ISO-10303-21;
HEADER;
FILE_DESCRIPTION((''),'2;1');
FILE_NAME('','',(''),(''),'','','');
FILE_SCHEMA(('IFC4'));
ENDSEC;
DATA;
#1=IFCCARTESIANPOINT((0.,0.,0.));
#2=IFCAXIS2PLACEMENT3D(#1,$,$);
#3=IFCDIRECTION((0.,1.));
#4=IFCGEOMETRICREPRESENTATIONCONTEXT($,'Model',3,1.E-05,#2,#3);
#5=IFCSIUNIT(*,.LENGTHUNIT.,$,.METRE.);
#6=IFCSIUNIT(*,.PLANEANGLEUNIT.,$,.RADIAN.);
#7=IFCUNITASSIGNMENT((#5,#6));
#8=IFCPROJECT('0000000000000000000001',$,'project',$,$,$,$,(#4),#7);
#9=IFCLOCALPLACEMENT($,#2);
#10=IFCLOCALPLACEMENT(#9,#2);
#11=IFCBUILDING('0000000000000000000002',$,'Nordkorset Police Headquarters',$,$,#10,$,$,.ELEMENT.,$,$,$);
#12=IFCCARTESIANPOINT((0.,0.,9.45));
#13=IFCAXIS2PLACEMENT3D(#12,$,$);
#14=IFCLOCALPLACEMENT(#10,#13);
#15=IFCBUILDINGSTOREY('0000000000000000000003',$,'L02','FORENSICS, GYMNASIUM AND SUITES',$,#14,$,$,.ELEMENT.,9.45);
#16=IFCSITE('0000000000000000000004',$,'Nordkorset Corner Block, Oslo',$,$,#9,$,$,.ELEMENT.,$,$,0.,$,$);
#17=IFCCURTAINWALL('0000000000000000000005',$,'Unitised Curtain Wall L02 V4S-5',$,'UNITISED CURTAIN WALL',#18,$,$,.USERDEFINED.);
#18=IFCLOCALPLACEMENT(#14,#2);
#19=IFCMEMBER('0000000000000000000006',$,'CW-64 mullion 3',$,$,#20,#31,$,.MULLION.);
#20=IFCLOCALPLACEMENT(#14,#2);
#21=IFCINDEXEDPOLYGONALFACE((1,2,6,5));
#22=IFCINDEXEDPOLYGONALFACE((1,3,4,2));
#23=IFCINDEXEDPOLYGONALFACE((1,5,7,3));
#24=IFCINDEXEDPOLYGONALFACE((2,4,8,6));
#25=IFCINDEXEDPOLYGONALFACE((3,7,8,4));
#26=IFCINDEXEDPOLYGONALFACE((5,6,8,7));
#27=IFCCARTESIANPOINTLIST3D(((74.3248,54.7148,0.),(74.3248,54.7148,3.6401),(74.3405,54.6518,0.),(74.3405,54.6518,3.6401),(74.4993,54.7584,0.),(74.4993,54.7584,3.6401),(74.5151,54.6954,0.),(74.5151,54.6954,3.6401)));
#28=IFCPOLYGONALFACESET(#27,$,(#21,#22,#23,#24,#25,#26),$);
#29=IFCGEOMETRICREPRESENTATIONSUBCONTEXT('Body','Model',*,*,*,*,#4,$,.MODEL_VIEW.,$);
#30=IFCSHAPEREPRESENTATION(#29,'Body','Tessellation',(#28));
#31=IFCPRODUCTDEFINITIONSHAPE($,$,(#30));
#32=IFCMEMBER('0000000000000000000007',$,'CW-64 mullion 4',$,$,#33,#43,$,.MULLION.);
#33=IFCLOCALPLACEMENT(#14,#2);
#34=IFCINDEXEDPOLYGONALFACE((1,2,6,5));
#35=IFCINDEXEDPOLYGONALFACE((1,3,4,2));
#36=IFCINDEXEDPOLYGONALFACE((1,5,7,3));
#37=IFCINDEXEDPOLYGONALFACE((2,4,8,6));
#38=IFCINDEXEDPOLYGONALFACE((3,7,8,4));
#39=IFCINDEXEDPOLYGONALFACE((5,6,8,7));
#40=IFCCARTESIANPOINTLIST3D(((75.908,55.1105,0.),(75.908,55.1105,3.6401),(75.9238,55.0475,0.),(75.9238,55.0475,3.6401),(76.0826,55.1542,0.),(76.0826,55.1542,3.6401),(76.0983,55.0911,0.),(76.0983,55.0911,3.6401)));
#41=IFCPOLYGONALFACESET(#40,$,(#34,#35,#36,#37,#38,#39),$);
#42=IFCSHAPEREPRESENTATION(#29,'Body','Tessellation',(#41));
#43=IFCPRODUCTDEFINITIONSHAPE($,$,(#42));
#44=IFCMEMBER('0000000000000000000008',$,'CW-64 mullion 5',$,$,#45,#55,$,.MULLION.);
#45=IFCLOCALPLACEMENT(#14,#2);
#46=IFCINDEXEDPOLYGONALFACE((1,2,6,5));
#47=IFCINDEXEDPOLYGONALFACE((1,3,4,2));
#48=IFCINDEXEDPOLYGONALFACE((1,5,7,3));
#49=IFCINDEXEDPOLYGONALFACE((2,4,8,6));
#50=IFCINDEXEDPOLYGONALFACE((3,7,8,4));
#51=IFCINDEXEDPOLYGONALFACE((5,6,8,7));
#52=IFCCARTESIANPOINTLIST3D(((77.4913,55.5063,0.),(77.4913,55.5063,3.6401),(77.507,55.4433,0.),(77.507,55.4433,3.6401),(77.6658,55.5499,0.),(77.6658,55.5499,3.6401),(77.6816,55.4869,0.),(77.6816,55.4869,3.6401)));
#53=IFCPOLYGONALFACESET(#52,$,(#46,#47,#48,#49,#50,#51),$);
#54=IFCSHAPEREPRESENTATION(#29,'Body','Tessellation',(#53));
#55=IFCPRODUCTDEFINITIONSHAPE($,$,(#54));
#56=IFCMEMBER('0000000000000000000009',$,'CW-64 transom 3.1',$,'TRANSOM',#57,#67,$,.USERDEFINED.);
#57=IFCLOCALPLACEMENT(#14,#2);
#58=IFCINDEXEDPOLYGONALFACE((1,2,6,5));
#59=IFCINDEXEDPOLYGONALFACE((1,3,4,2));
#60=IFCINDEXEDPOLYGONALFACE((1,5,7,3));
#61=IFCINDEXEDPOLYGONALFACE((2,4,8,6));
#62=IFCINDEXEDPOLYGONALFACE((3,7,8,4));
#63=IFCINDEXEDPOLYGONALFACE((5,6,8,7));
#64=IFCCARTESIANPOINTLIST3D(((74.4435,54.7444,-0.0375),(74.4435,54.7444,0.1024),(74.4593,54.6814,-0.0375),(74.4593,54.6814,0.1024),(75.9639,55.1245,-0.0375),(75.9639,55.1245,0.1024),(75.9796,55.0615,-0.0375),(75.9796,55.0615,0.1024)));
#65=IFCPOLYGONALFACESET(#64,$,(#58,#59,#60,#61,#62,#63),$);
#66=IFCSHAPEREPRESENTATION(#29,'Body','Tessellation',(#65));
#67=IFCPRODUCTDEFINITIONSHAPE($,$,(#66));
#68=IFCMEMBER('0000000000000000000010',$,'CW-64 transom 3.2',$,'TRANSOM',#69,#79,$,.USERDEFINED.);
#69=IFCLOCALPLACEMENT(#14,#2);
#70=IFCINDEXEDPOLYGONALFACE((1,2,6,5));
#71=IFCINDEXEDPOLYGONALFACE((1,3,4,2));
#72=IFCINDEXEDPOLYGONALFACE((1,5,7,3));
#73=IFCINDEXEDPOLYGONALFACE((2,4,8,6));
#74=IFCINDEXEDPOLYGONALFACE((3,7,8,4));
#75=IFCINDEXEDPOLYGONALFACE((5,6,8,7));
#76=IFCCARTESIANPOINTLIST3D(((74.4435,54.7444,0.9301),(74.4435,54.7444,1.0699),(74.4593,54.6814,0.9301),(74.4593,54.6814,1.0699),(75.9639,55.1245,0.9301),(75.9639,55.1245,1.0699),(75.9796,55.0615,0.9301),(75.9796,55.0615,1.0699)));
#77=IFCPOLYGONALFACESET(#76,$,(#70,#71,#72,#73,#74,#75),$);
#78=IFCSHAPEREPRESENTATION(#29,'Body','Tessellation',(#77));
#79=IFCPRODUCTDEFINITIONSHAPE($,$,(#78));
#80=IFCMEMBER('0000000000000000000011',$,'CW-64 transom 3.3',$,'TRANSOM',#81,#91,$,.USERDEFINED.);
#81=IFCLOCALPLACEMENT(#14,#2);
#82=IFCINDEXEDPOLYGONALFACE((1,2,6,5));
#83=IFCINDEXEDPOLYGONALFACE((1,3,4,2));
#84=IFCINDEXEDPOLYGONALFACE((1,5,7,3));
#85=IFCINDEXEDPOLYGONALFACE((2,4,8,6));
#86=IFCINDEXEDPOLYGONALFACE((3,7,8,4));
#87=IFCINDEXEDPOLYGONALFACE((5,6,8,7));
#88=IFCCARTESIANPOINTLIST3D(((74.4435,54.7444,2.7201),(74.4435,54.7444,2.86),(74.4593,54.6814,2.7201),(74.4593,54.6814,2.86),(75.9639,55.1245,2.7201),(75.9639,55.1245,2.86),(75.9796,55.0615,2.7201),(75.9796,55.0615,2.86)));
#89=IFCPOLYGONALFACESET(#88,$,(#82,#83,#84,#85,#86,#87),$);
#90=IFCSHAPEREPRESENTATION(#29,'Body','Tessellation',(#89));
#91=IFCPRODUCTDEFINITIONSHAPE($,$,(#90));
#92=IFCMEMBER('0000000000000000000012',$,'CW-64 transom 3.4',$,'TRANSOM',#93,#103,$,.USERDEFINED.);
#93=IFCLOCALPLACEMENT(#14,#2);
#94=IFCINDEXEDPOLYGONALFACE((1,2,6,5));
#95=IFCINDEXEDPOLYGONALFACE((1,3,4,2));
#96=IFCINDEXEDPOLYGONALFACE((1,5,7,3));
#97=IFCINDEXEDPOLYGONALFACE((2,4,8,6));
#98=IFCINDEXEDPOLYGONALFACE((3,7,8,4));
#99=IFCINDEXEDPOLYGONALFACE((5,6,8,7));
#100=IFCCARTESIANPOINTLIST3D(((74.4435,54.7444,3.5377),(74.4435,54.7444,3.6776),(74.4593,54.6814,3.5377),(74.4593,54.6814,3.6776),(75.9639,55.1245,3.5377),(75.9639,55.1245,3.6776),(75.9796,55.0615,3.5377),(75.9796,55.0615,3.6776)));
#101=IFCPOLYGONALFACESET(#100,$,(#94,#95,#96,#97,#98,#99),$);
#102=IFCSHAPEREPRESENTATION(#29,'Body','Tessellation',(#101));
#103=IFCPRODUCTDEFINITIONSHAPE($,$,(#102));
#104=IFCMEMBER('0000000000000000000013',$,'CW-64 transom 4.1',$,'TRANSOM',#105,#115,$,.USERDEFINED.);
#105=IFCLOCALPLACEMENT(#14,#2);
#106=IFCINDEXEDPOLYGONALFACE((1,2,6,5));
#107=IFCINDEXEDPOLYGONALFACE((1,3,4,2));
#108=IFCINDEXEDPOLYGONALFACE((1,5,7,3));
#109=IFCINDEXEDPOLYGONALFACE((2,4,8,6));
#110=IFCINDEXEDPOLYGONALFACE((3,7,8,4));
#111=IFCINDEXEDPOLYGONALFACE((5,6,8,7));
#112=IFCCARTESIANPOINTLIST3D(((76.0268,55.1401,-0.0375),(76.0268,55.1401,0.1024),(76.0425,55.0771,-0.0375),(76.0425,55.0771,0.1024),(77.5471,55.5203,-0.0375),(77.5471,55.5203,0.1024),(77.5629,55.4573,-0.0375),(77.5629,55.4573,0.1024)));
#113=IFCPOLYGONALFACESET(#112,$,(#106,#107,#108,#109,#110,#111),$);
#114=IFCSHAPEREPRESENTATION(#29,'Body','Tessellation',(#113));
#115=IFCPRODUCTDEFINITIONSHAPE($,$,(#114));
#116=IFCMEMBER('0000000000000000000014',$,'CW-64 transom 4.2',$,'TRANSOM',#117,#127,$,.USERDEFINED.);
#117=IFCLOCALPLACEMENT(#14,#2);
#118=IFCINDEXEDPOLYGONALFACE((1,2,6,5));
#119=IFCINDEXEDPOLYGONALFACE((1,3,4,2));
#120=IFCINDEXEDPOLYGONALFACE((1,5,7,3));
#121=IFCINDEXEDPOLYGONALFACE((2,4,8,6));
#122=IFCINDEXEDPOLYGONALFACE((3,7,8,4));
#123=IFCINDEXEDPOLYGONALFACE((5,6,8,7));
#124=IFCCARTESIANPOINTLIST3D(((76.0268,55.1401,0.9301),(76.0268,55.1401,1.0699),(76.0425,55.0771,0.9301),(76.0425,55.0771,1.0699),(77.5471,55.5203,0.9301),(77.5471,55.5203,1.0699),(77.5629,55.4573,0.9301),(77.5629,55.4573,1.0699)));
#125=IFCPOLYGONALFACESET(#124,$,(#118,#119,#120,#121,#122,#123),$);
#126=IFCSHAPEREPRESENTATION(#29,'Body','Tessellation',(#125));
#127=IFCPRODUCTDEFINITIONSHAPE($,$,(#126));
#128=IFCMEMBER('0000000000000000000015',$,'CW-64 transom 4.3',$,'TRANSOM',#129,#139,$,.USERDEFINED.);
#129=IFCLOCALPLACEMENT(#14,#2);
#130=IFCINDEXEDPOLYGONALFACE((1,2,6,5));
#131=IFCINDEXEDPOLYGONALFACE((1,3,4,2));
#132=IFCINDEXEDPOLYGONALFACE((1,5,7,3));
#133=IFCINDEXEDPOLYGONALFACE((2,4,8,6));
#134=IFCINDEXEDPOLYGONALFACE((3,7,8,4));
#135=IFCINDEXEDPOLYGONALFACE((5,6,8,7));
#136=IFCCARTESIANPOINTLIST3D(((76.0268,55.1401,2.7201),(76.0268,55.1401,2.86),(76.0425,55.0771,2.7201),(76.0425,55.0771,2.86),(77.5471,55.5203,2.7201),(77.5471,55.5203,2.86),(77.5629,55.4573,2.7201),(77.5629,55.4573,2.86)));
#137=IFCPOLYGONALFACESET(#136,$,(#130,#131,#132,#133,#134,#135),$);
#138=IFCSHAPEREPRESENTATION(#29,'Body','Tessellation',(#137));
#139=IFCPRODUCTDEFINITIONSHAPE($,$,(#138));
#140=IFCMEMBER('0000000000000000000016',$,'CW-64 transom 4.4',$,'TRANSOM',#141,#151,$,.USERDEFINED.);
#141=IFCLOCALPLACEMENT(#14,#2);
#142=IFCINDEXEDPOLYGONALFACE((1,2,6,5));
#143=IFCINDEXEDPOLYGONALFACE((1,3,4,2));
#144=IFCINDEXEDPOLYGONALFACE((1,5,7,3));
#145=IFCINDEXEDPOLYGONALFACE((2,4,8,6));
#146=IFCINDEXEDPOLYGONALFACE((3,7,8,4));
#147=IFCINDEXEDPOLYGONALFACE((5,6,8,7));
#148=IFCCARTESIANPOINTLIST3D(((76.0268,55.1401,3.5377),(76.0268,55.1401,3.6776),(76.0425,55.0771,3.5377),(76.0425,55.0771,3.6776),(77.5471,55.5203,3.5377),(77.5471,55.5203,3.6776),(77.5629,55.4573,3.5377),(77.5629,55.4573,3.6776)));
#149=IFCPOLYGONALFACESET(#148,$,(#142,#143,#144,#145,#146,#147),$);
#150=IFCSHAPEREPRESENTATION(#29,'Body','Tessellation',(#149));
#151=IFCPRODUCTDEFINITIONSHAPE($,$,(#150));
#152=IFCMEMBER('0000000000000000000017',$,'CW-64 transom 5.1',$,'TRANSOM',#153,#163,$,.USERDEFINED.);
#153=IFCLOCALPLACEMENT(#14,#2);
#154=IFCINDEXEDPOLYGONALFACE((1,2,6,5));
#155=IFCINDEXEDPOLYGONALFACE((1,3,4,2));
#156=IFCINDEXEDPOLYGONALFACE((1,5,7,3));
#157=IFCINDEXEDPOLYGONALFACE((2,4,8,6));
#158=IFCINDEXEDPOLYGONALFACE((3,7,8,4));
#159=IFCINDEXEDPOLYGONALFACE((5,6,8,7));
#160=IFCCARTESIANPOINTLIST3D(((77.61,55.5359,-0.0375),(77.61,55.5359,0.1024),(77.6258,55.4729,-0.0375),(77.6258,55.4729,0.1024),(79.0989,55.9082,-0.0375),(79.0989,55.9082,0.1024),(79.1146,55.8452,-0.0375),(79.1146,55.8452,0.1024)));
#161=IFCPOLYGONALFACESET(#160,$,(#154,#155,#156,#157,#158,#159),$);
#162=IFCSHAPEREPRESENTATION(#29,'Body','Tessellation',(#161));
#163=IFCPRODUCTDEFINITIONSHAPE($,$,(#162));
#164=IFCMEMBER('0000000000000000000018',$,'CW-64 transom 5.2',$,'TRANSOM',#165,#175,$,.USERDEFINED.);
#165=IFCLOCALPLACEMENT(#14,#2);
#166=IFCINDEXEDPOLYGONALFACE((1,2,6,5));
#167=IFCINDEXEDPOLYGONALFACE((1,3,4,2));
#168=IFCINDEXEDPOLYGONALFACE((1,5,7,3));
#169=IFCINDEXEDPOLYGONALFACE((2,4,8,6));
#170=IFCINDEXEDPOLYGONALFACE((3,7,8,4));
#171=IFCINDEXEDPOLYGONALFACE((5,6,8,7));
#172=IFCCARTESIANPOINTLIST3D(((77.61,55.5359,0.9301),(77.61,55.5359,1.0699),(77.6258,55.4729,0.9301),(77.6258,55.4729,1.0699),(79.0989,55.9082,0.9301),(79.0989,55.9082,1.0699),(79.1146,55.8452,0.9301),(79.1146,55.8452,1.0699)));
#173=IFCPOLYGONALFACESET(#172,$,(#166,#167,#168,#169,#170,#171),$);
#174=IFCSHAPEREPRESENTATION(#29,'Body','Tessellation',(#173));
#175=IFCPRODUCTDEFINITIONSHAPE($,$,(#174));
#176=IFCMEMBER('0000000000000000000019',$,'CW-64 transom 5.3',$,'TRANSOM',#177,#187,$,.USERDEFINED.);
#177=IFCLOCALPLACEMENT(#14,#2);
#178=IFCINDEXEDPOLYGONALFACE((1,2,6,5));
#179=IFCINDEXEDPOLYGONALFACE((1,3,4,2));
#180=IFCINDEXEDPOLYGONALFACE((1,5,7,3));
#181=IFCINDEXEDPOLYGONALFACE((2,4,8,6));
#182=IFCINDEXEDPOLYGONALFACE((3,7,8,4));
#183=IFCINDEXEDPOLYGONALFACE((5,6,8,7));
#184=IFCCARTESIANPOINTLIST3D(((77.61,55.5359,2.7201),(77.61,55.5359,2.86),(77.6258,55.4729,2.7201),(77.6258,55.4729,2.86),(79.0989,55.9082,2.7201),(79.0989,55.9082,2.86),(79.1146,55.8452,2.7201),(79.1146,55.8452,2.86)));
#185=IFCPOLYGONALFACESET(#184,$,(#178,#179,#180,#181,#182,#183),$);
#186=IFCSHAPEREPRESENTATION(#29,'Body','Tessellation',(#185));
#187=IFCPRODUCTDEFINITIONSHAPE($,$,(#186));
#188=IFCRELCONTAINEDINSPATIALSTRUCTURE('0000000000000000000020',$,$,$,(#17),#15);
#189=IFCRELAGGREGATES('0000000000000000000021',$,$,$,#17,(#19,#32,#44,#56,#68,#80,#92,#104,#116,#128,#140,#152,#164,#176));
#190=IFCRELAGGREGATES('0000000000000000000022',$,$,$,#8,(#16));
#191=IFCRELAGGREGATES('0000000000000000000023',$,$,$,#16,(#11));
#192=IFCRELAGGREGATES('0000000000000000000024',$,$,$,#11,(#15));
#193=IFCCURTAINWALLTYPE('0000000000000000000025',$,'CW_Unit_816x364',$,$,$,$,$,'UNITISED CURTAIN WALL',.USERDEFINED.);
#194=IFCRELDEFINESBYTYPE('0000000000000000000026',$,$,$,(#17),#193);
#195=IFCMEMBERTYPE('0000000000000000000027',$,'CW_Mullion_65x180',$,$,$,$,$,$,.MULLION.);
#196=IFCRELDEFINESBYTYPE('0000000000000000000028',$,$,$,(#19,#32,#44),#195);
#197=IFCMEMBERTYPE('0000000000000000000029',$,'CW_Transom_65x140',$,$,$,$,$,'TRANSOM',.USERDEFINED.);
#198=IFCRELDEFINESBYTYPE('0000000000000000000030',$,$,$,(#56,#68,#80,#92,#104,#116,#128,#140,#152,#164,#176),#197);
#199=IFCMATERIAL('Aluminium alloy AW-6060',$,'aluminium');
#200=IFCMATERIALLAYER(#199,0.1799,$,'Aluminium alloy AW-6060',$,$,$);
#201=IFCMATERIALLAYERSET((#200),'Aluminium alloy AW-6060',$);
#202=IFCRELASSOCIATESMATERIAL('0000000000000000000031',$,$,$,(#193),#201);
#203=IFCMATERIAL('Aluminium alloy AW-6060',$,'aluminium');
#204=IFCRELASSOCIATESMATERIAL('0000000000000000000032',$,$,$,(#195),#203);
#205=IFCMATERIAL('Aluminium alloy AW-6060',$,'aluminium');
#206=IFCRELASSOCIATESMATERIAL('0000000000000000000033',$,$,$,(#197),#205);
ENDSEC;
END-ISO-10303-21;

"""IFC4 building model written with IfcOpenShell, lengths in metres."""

from ifc_helpers import new_model, si_unit, direction, frame, origin, origin_2d, place, context, subcontext, project, spatial, rectangle, extrude, material, layer, layer_set, material_profile, profile_set, type_object, element, aggregate, save


model = new_model("IFC4")

# Units and contexts
model_context = context("Model", 3, precision=1e-05, world=origin(), true_north=direction((0.0, 1.0)))
body_context = subcontext(model_context, "Body", "Model", "MODEL_VIEW")
ifc_project = project(units=[si_unit("LENGTHUNIT", "METRE"), si_unit("PLANEANGLEUNIT", "RADIAN")], contexts=[model_context])

# Site, building, storey
site_placement = place(None, origin())
site = spatial("IfcSite", under=ifc_project, at=site_placement, Name="Nordkorset Corner Block, Oslo", CompositionType="ELEMENT", RefElevation=0.0)
building_placement = place(site_placement, origin())
building = spatial("IfcBuilding", under=site, at=building_placement, Name="Nordkorset Police Headquarters", CompositionType="ELEMENT")
storey_placement = place(building_placement, frame((0.0, 0.0, 9.45)))
storey = spatial("IfcBuildingStorey", under=building, at=storey_placement, Name="L02", Description="FORENSICS, GYMNASIUM AND SUITES", CompositionType="ELEMENT", Elevation=9.45)

# Curtain wall, members
ifc_material_1 = material(Name="Aluminium alloy AW-6060", Category="aluminium")
ifc_layer_1 = layer(ifc_material_1, 0.1799, Name="Aluminium alloy AW-6060")
ifc_layer_set_1 = layer_set([ifc_layer_1], Name="Aluminium alloy AW-6060")
curtain_wall_type = type_object("IfcCurtainWallType", Name="CW_Unit_816x364", ElementType="UNITISED CURTAIN WALL", PredefinedType="USERDEFINED", material=ifc_layer_set_1)
curtain_wall_placement = place(storey_placement, origin())
curtain_wall = element("IfcCurtainWall", 1, at=curtain_wall_placement, inside=storey, type_object=curtain_wall_type, Name="Unitised Curtain Wall L02 V4S-5", ObjectType="UNITISED CURTAIN WALL", PredefinedType="USERDEFINED")
ifc_material_2 = material(Name="Aluminium alloy AW-6060", Category="aluminium")
ifc_material_profile_1 = material_profile(ifc_material_2, rectangle(XDim=0.0649, YDim=0.1799, at=origin_2d()), Name="ALU MULL 65x180")
ifc_profile_set_1 = profile_set([ifc_material_profile_1], Name="Aluminium alloy AW-6060")
member_type_1 = type_object("IfcMemberType", Name="CW_Mullion_65x180", PredefinedType="MULLION", material=ifc_profile_set_1)
member_1_placement = place(storey_placement, frame((74.4199, 54.7051, 0.0), z_axis=(0.0, 0.0, 1.0), x_axis=(-0.242536, 0.970143, 0.0)))
member_1 = element("IfcMember", 2, at=member_1_placement, type_object=member_type_1, Name="CW-64 mullion 3", PredefinedType="MULLION", context=body_context, shape_type="SweptSolid", body=[
    extrude(rectangle(XDim=0.0649, YDim=0.1799, at=origin_2d()), origin(), (0.0, 0.0, 1.0), 3.6401),
])
member_2_placement = place(storey_placement, frame((76.0032, 55.1008, 0.0), z_axis=(0.0, 0.0, 1.0), x_axis=(-0.242536, 0.970143, 0.0)))
member_2 = element("IfcMember", 3, at=member_2_placement, type_object=member_type_1, Name="CW-64 mullion 4", PredefinedType="MULLION", context=body_context, shape_type="SweptSolid", body=[
    extrude(rectangle(XDim=0.0649, YDim=0.1799, at=origin_2d()), origin(), (0.0, 0.0, 1.0), 3.6401),
])
member_3_placement = place(storey_placement, frame((77.5864, 55.4966, 0.0), z_axis=(0.0, 0.0, 1.0), x_axis=(-0.242536, 0.970143, 0.0)))
member_3 = element("IfcMember", 4, at=member_3_placement, type_object=member_type_1, Name="CW-64 mullion 5", PredefinedType="MULLION", context=body_context, shape_type="SweptSolid", body=[
    extrude(rectangle(XDim=0.0649, YDim=0.1799, at=origin_2d()), origin(), (0.0, 0.0, 1.0), 3.6401),
])
ifc_material_3 = material(Name="Aluminium alloy AW-6060", Category="aluminium")
ifc_material_profile_2 = material_profile(ifc_material_3, rectangle(XDim=0.0649, YDim=0.1399, at=origin_2d()), Name="ALU TRAN 65x140")
ifc_profile_set_2 = profile_set([ifc_material_profile_2], Name="Aluminium alloy AW-6060")
member_type_2 = type_object("IfcMemberType", Name="CW_Transom_65x140", ElementType="TRANSOM", PredefinedType="USERDEFINED", material=ifc_profile_set_2)
member_4_placement = place(storey_placement, frame((74.4514, 54.7129, 0.0325), z_axis=(0.970133, 0.242572, 0.0), x_axis=(-0.242572, 0.970133, 0.0)))
member_4 = element("IfcMember", 5, at=member_4_placement, type_object=member_type_2, Name="CW-64 transom 3.1", ObjectType="TRANSOM", PredefinedType="USERDEFINED", context=body_context, shape_type="SweptSolid", body=[
    extrude(rectangle(XDim=0.0649, YDim=0.1399, at=origin_2d()), origin(), (0.0, 0.0, 1.0), 1.5671),
])
member_5_placement = place(storey_placement, frame((74.4514, 54.7129, 1.0), z_axis=(0.970133, 0.242572, 0.0), x_axis=(-0.242572, 0.970133, 0.0)))
member_5 = element("IfcMember", 6, at=member_5_placement, type_object=member_type_2, Name="CW-64 transom 3.2", ObjectType="TRANSOM", PredefinedType="USERDEFINED", context=body_context, shape_type="SweptSolid", body=[
    extrude(rectangle(XDim=0.0649, YDim=0.1399, at=origin_2d()), origin(), (0.0, 0.0, 1.0), 1.5671),
])
member_6_placement = place(storey_placement, frame((74.4514, 54.7129, 2.79), z_axis=(0.970133, 0.242572, 0.0), x_axis=(-0.242572, 0.970133, 0.0)))
member_6 = element("IfcMember", 7, at=member_6_placement, type_object=member_type_2, Name="CW-64 transom 3.3", ObjectType="TRANSOM", PredefinedType="USERDEFINED", context=body_context, shape_type="SweptSolid", body=[
    extrude(rectangle(XDim=0.0649, YDim=0.1399, at=origin_2d()), origin(), (0.0, 0.0, 1.0), 1.5671),
])
member_7_placement = place(storey_placement, frame((74.4514, 54.7129, 3.6077), z_axis=(0.970133, 0.242572, 0.0), x_axis=(-0.242572, 0.970133, 0.0)))
member_7 = element("IfcMember", 8, at=member_7_placement, type_object=member_type_2, Name="CW-64 transom 3.4", ObjectType="TRANSOM", PredefinedType="USERDEFINED", context=body_context, shape_type="SweptSolid", body=[
    extrude(rectangle(XDim=0.0649, YDim=0.1399, at=origin_2d()), origin(), (0.0, 0.0, 1.0), 1.5671),
])
member_8_placement = place(storey_placement, frame((76.0347, 55.1086, 0.0325), z_axis=(0.970133, 0.242572, 0.0), x_axis=(-0.242572, 0.970133, 0.0)))
member_8 = element("IfcMember", 9, at=member_8_placement, type_object=member_type_2, Name="CW-64 transom 4.1", ObjectType="TRANSOM", PredefinedType="USERDEFINED", context=body_context, shape_type="SweptSolid", body=[
    extrude(rectangle(XDim=0.0649, YDim=0.1399, at=origin_2d()), origin(), (0.0, 0.0, 1.0), 1.5671),
])
member_9_placement = place(storey_placement, frame((76.0347, 55.1086, 1.0), z_axis=(0.970133, 0.242572, 0.0), x_axis=(-0.242572, 0.970133, 0.0)))
member_9 = element("IfcMember", 10, at=member_9_placement, type_object=member_type_2, Name="CW-64 transom 4.2", ObjectType="TRANSOM", PredefinedType="USERDEFINED", context=body_context, shape_type="SweptSolid", body=[
    extrude(rectangle(XDim=0.0649, YDim=0.1399, at=origin_2d()), origin(), (0.0, 0.0, 1.0), 1.5671),
])
member_10_placement = place(storey_placement, frame((76.0347, 55.1086, 2.79), z_axis=(0.970133, 0.242572, 0.0), x_axis=(-0.242572, 0.970133, 0.0)))
member_10 = element("IfcMember", 11, at=member_10_placement, type_object=member_type_2, Name="CW-64 transom 4.3", ObjectType="TRANSOM", PredefinedType="USERDEFINED", context=body_context, shape_type="SweptSolid", body=[
    extrude(rectangle(XDim=0.0649, YDim=0.1399, at=origin_2d()), origin(), (0.0, 0.0, 1.0), 1.5671),
])
member_11_placement = place(storey_placement, frame((76.0347, 55.1086, 3.6077), z_axis=(0.970133, 0.242572, 0.0), x_axis=(-0.242572, 0.970133, 0.0)))
member_11 = element("IfcMember", 12, at=member_11_placement, type_object=member_type_2, Name="CW-64 transom 4.4", ObjectType="TRANSOM", PredefinedType="USERDEFINED", context=body_context, shape_type="SweptSolid", body=[
    extrude(rectangle(XDim=0.0649, YDim=0.1399, at=origin_2d()), origin(), (0.0, 0.0, 1.0), 1.5671),
])
member_12_placement = place(storey_placement, frame((77.6179, 55.5044, 0.0325), z_axis=(0.970124, 0.24261, 0.0), x_axis=(-0.24261, 0.970124, 0.0)))
member_12 = element("IfcMember", 13, at=member_12_placement, type_object=member_type_2, Name="CW-64 transom 5.1", ObjectType="TRANSOM", PredefinedType="USERDEFINED", context=body_context, shape_type="SweptSolid", body=[
    extrude(rectangle(XDim=0.0649, YDim=0.1399, at=origin_2d()), origin(), (0.0, 0.0, 1.0), 1.5347),
])
member_13_placement = place(storey_placement, frame((77.6179, 55.5044, 1.0), z_axis=(0.970124, 0.24261, 0.0), x_axis=(-0.24261, 0.970124, 0.0)))
member_13 = element("IfcMember", 14, at=member_13_placement, type_object=member_type_2, Name="CW-64 transom 5.2", ObjectType="TRANSOM", PredefinedType="USERDEFINED", context=body_context, shape_type="SweptSolid", body=[
    extrude(rectangle(XDim=0.0649, YDim=0.1399, at=origin_2d()), origin(), (0.0, 0.0, 1.0), 1.5347),
])
member_14_placement = place(storey_placement, frame((77.6179, 55.5044, 2.79), z_axis=(0.970124, 0.24261, 0.0), x_axis=(-0.24261, 0.970124, 0.0)))
member_14 = element("IfcMember", 15, at=member_14_placement, type_object=member_type_2, Name="CW-64 transom 5.3", ObjectType="TRANSOM", PredefinedType="USERDEFINED", context=body_context, shape_type="SweptSolid", body=[
    extrude(rectangle(XDim=0.0649, YDim=0.1399, at=origin_2d()), origin(), (0.0, 0.0, 1.0), 1.5347),
])
aggregate(curtain_wall, [member_1, member_2, member_3, member_4, member_5, member_6, member_7, member_8, member_9, member_10, member_11, member_12, member_13, member_14])

save(model, "model.ifc")
